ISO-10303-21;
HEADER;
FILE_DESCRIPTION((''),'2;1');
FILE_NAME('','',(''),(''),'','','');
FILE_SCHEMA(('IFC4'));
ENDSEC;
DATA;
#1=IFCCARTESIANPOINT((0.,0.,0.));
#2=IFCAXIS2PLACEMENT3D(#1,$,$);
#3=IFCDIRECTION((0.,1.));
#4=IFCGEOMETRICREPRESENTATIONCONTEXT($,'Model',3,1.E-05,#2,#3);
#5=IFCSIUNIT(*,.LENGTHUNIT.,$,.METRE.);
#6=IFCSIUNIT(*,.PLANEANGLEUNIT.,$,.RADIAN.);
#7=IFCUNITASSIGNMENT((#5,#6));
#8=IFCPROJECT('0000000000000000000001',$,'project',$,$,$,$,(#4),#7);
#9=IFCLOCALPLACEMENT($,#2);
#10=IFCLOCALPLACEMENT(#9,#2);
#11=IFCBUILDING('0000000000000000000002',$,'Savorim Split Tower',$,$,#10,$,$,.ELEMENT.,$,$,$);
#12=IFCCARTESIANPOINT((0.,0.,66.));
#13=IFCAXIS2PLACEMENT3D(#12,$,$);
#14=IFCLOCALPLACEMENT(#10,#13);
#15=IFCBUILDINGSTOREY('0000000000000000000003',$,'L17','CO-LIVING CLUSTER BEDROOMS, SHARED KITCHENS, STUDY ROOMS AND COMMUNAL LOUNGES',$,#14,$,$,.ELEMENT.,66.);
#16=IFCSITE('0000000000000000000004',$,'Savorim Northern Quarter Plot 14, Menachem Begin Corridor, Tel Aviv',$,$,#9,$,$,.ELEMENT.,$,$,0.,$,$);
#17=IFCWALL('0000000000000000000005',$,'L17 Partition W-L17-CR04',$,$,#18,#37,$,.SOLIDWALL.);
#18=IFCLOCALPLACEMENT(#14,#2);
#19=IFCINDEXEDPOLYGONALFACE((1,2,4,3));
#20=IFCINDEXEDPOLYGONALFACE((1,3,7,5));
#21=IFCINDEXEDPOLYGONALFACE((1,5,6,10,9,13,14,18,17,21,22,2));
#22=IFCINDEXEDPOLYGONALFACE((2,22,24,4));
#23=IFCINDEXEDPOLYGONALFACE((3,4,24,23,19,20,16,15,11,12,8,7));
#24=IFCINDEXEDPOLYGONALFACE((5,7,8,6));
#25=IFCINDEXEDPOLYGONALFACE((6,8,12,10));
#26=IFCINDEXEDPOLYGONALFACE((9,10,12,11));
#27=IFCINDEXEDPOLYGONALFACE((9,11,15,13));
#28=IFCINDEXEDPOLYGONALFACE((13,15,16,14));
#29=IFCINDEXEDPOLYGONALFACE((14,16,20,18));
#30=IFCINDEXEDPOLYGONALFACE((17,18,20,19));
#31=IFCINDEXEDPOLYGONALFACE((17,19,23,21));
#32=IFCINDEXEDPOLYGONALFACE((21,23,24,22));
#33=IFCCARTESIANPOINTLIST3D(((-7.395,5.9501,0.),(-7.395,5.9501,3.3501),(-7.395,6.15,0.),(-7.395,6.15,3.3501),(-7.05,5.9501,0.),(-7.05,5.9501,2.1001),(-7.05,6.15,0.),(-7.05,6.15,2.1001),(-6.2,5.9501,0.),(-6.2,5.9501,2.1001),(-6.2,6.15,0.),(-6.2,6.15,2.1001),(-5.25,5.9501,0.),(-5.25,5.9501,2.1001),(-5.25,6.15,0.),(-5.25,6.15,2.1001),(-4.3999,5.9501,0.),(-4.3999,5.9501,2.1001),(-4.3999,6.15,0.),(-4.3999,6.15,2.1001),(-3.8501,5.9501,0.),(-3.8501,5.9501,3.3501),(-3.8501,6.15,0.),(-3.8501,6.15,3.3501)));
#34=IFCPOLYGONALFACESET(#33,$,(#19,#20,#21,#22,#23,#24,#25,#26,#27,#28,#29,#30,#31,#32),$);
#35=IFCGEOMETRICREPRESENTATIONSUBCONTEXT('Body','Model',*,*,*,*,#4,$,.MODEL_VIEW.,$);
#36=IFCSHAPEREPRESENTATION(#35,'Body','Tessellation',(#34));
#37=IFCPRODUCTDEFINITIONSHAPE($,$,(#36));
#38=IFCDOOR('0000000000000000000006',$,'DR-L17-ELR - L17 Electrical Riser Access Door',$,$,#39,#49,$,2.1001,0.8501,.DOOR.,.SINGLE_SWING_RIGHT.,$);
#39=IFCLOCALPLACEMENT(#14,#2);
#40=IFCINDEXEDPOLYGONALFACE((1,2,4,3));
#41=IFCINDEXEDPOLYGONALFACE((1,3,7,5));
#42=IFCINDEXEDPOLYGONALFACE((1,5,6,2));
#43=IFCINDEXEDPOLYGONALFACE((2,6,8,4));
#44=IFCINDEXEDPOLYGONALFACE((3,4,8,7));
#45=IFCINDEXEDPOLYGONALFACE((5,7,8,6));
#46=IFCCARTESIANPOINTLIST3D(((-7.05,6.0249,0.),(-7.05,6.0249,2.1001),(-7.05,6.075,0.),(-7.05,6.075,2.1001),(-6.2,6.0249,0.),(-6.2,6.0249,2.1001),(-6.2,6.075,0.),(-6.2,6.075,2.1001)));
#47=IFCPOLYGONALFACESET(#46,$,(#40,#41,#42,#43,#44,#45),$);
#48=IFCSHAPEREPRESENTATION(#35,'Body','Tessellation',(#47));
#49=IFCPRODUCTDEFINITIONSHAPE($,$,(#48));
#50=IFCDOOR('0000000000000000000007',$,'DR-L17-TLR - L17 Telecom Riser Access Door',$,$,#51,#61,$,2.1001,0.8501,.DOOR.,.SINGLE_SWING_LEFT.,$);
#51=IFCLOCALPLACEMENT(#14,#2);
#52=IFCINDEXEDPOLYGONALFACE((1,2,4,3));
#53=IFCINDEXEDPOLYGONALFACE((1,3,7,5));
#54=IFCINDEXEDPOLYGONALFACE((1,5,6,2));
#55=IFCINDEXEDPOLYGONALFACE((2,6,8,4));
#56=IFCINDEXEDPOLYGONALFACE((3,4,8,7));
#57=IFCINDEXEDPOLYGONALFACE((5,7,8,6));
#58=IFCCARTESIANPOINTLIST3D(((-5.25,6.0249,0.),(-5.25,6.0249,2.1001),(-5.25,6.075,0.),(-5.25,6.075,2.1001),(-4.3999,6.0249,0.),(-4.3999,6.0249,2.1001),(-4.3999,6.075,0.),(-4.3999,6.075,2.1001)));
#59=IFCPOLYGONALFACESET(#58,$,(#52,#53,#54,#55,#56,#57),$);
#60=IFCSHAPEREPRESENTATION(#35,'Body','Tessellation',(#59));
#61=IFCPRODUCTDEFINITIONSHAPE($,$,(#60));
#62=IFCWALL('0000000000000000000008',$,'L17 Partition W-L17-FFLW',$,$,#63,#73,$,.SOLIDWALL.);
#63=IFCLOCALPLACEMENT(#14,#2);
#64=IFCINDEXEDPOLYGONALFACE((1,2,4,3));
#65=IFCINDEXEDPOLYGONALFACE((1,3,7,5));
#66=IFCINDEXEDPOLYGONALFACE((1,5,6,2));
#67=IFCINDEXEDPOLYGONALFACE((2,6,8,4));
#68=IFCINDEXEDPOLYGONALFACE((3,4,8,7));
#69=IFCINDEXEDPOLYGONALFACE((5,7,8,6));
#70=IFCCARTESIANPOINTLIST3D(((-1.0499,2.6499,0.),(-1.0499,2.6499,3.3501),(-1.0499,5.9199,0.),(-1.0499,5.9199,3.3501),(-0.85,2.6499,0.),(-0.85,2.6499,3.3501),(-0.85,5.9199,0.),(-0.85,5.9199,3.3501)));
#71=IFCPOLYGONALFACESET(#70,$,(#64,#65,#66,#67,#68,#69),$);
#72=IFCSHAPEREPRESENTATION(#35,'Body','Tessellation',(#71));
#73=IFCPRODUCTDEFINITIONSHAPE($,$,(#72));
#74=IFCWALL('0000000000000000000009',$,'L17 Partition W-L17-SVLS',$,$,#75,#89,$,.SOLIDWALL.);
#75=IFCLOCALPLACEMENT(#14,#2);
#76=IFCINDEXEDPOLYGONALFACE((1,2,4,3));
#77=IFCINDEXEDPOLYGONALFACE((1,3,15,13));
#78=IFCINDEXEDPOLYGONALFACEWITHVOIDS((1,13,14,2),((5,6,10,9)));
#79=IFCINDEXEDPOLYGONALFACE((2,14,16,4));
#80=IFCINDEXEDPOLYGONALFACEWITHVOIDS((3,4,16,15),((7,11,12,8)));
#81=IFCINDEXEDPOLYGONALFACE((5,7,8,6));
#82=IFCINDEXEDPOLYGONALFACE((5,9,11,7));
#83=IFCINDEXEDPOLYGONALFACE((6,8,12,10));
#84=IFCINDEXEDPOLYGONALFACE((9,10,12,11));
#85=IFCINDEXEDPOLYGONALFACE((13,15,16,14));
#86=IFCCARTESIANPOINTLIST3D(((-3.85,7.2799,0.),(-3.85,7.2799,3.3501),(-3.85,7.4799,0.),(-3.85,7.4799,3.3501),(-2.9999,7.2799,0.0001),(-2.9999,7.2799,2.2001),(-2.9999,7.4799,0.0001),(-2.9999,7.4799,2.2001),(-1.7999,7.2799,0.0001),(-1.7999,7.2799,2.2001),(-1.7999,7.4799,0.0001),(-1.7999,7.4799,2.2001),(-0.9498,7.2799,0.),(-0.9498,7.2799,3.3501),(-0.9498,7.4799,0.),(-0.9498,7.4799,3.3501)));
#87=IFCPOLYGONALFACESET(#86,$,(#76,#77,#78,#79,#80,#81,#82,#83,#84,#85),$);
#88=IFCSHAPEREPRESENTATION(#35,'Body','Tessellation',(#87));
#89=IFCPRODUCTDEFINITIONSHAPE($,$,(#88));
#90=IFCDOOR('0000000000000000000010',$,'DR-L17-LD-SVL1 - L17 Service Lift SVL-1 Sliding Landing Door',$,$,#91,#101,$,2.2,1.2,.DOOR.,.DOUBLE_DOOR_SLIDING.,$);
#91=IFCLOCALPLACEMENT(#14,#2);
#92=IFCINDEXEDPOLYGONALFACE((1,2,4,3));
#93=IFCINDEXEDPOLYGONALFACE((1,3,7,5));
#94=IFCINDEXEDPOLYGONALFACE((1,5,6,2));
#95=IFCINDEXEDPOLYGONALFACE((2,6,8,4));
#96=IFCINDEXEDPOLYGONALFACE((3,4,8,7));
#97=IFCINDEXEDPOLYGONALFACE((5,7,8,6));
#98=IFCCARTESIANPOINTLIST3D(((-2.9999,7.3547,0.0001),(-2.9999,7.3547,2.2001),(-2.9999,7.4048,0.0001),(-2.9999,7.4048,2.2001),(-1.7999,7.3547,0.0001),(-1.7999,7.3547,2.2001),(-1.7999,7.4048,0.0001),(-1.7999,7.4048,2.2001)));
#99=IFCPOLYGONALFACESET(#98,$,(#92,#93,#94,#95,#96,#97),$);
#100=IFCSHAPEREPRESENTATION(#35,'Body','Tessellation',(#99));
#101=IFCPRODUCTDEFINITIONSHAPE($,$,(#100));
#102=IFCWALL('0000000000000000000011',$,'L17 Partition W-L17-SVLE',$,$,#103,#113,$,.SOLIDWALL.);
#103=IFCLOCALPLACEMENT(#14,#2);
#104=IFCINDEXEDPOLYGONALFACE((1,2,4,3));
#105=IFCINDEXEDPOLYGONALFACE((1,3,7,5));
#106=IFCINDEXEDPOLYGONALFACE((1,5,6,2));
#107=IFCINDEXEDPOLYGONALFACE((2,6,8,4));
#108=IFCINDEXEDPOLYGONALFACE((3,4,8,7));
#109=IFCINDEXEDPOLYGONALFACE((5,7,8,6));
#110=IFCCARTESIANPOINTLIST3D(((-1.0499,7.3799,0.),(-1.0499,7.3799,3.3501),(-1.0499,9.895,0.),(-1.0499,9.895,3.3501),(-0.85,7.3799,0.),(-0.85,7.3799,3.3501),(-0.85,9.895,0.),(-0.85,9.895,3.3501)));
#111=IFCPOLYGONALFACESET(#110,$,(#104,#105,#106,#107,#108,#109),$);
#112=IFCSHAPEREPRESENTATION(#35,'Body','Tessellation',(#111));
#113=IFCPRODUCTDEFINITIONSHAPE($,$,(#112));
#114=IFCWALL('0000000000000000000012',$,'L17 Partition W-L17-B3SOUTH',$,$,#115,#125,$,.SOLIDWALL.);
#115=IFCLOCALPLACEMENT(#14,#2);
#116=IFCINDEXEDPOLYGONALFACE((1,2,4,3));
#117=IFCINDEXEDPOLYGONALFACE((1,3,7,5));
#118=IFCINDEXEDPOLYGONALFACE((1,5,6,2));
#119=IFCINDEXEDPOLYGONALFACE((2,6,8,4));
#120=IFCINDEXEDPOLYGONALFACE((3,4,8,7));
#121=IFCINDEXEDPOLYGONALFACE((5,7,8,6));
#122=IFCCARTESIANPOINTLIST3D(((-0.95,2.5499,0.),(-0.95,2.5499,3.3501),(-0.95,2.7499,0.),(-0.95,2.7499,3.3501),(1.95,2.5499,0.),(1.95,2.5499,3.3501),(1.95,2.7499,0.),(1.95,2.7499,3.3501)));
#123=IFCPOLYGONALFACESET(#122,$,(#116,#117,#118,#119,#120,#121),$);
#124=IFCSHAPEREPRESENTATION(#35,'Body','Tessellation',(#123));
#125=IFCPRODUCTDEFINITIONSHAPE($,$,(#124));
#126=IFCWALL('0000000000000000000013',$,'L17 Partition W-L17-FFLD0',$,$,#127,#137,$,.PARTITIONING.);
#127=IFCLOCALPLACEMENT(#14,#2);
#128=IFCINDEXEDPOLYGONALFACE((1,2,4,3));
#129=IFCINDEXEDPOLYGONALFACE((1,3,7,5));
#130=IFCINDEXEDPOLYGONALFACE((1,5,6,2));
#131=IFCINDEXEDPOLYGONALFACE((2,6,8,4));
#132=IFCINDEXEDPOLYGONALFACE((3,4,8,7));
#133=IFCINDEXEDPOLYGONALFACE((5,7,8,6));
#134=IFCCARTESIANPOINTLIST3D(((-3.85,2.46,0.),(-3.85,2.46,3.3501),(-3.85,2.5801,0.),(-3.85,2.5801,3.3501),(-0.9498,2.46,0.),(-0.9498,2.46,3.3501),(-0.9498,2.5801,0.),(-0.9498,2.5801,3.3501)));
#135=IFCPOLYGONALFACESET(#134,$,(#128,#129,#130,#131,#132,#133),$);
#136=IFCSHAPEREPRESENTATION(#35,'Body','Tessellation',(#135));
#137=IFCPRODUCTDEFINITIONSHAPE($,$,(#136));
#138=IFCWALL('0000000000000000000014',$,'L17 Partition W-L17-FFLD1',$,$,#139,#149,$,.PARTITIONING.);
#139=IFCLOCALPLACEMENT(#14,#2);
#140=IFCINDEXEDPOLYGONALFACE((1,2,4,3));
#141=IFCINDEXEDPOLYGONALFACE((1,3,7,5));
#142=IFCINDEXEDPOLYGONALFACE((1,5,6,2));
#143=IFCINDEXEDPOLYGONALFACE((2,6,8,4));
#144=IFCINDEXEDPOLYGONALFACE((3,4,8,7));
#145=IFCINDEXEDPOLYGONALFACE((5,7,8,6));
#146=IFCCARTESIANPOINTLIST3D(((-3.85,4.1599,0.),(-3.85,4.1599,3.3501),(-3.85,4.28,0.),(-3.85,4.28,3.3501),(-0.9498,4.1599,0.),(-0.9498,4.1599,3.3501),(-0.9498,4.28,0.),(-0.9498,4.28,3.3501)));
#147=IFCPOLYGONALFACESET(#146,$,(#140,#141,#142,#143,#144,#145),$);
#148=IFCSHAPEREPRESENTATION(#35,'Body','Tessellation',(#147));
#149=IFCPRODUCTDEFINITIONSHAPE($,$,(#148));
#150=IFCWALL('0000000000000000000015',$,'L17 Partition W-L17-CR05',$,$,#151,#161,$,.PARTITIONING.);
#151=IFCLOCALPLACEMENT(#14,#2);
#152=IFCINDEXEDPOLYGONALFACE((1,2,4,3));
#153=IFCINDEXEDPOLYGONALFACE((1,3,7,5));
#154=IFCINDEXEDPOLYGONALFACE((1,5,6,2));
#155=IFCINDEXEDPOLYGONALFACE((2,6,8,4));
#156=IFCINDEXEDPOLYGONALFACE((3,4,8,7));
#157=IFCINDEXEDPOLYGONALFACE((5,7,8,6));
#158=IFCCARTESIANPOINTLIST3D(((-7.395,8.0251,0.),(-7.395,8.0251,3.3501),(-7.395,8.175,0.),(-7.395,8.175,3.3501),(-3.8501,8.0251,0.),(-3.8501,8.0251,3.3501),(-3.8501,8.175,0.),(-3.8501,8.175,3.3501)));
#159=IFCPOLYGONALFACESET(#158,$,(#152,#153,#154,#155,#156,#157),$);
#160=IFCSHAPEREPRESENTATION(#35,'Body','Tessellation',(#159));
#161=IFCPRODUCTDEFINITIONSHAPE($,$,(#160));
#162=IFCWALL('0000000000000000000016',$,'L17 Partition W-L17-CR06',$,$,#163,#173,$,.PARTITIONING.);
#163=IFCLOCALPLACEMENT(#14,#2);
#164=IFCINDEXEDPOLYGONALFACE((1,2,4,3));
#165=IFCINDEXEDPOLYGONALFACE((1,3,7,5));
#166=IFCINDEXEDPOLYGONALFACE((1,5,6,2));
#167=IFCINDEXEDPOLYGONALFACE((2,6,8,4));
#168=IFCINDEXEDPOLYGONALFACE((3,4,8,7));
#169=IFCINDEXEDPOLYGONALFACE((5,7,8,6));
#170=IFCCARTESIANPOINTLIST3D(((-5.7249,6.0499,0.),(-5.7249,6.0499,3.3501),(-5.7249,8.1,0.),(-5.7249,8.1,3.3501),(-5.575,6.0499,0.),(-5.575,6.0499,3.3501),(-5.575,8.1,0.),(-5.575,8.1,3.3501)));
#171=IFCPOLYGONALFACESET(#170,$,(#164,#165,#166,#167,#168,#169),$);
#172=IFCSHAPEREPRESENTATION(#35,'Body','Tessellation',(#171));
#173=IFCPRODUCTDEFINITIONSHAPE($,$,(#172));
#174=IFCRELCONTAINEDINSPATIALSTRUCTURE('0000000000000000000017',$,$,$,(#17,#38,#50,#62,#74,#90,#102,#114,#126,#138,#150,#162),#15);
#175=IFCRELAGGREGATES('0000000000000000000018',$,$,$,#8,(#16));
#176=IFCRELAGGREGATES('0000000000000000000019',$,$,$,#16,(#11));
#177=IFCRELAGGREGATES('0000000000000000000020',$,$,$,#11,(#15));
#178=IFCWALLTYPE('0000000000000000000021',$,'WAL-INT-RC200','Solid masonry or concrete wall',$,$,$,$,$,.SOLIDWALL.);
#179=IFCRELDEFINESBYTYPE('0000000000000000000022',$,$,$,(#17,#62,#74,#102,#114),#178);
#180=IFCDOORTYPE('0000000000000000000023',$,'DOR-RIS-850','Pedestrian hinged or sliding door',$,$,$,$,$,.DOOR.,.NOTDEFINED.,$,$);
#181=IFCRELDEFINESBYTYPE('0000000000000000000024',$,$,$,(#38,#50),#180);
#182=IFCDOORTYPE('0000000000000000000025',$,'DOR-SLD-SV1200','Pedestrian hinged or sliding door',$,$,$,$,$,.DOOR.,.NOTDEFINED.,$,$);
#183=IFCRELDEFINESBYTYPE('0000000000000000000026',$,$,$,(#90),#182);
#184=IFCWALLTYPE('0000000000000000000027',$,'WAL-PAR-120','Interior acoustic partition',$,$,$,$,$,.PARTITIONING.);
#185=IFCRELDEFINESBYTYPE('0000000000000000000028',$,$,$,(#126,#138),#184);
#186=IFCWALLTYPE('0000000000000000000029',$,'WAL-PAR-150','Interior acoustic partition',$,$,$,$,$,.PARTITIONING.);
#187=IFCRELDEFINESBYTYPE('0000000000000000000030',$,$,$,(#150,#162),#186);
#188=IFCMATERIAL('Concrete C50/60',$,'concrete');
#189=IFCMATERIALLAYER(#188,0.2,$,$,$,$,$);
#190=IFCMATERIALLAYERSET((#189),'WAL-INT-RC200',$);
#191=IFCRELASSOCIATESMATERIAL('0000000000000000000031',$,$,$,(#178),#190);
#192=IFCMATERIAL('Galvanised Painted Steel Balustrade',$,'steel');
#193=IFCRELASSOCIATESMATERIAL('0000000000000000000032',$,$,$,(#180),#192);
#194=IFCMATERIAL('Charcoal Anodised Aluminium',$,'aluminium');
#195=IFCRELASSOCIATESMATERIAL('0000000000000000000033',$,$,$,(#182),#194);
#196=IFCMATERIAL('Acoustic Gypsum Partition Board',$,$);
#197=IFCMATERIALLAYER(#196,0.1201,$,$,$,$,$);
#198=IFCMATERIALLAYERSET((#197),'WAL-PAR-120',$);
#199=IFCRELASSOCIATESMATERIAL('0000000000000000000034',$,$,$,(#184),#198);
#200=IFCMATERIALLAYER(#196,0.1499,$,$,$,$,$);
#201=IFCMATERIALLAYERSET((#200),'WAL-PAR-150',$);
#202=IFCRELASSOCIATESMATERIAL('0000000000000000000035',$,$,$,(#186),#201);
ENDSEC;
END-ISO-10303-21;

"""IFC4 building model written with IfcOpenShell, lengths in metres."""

from ifc_helpers import new_model, si_unit, direction, frame, frame_2d, origin, place, context, subcontext, project, spatial, rectangle, extrude, material, layer, layer_set, type_object, element, fill, save


model = new_model("IFC4")

# Units and contexts
model_context = context("Model", 3, precision=1e-05, world=origin(), true_north=direction((0.0, 1.0)))
body_context = subcontext(model_context, "Body", "Model", "MODEL_VIEW")
ifc_project = project(units=[si_unit("LENGTHUNIT", "METRE"), si_unit("PLANEANGLEUNIT", "RADIAN")], contexts=[model_context])

# Site, building, storey
site_placement = place(None, origin())
site = spatial("IfcSite", under=ifc_project, at=site_placement, Name="Savorim Northern Quarter Plot 14, Menachem Begin Corridor, Tel Aviv", CompositionType="ELEMENT", RefElevation=0.0)
building_placement = place(site_placement, origin())
building = spatial("IfcBuilding", under=site, at=building_placement, Name="Savorim Split Tower", CompositionType="ELEMENT")
storey_placement = place(building_placement, frame((0.0, 0.0, 66.0)))
storey = spatial("IfcBuildingStorey", under=building, at=storey_placement, Name="L17", Description="CO-LIVING CLUSTER BEDROOMS, SHARED KITCHENS, STUDY ROOMS AND COMMUNAL LOUNGES", CompositionType="ELEMENT", Elevation=66.0)

# Shared definitions
ifc_material_1 = material(Name="Charcoal Anodised Aluminium", Category="aluminium")

# Wall, openings, doors
ifc_material_2 = material(Name="Concrete C50/60", Category="concrete")
ifc_layer_1 = layer(ifc_material_2, 0.2)
ifc_layer_set_1 = layer_set([ifc_layer_1], Name="WAL-INT-RC200")
wall_type_1 = type_object("IfcWallType", Name="WAL-INT-RC200", Description="Solid masonry or concrete wall", PredefinedType="SOLIDWALL", material=ifc_layer_set_1)
wall_1_placement = place(storey_placement, frame((-7.395, 6.05, 0.0), z_axis=(0.0, 0.0, 1.0), x_axis=(1.0, 0.0, 0.0)))
wall_1 = element("IfcWall", 1, at=wall_1_placement, inside=storey, type_object=wall_type_1, Name="L17 Partition W-L17-CR04", PredefinedType="SOLIDWALL", context=body_context, shape_type="SweptSolid", body=[
    extrude(rectangle(XDim=3.5449, YDim=0.2, at=frame_2d((1.7725, 0.0))), origin(), (0.0, 0.0, 1.0), 3.3501),
])
opening_1_placement = place(wall_1_placement, frame((0.345, 0.0, 0.0)))
opening_1 = element("IfcOpeningElement", 2, at=opening_1_placement, cuts=wall_1, PredefinedType="OPENING", context=body_context, shape_type="SweptSolid", body=[
    extrude(rectangle(XDim=0.8501, YDim=2.1001, at=frame_2d((0.425, 1.05))), frame((0.0, 0.1099, 0.0), z_axis=(0.0, -1.0, 0.0), x_axis=(1.0, 0.0, 0.0)), (0.0, 0.0, 1.0), 0.22),
])
opening_2_placement = place(wall_1_placement, frame((2.145, 0.0, 0.0)))
opening_2 = element("IfcOpeningElement", 3, at=opening_2_placement, cuts=wall_1, PredefinedType="OPENING", context=body_context, shape_type="SweptSolid", body=[
    extrude(rectangle(XDim=0.8501, YDim=2.1001, at=frame_2d((0.425, 1.05))), frame((0.0, 0.1099, 0.0), z_axis=(0.0, -1.0, 0.0), x_axis=(1.0, 0.0, 0.0)), (0.0, 0.0, 1.0), 0.22),
])
ifc_material_3 = material(Name="Galvanised Painted Steel Balustrade", Category="steel")
door_type_1 = type_object("IfcDoorType", Name="DOR-RIS-850", Description="Pedestrian hinged or sliding door", OperationType="NOTDEFINED", PredefinedType="DOOR", material=ifc_material_3)
door_1_placement = place(opening_1_placement, origin())
door_1 = element("IfcDoor", 4, at=door_1_placement, inside=storey, type_object=door_type_1, Name="DR-L17-ELR - L17 Electrical Riser Access Door", OperationType="SINGLE_SWING_RIGHT", OverallHeight=2.1001, OverallWidth=0.8501, PredefinedType="DOOR", context=body_context, shape_type="SweptSolid", body=[
    extrude(rectangle(XDim=0.8501, YDim=2.1001, at=frame_2d((0.425, 1.05))), frame((0.0, 0.0249, 0.0), z_axis=(0.0, -1.0, 0.0), x_axis=(1.0, 0.0, 0.0)), (0.0, 0.0, 1.0), 0.05),
])
fill(opening_1, door_1)
door_2_placement = place(opening_2_placement, origin())
door_2 = element("IfcDoor", 5, at=door_2_placement, inside=storey, type_object=door_type_1, Name="DR-L17-TLR - L17 Telecom Riser Access Door", OperationType="SINGLE_SWING_LEFT", OverallHeight=2.1001, OverallWidth=0.8501, PredefinedType="DOOR", context=body_context, shape_type="SweptSolid", body=[
    extrude(rectangle(XDim=0.8501, YDim=2.1001, at=frame_2d((0.425, 1.05))), frame((0.0, 0.0249, 0.0), z_axis=(0.0, -1.0, 0.0), x_axis=(1.0, 0.0, 0.0)), (0.0, 0.0, 1.0), 0.05),
])
fill(opening_2, door_2)

# Wall
wall_2_placement = place(storey_placement, frame((-0.95, 2.6499, 0.0), z_axis=(0.0, 0.0, 1.0), x_axis=(0.0, 1.0, 0.0)))
element("IfcWall", 6, at=wall_2_placement, inside=storey, type_object=wall_type_1, Name="L17 Partition W-L17-FFLW", PredefinedType="SOLIDWALL", context=body_context, shape_type="SweptSolid", body=[
    extrude(rectangle(XDim=3.27, YDim=0.2, at=frame_2d((1.635, 0.0))), origin(), (0.0, 0.0, 1.0), 3.3501),
])

# Wall, opening, door
wall_3_placement = place(storey_placement, frame((-3.8501, 7.3799, 0.0), z_axis=(0.0, 0.0, 1.0), x_axis=(1.0, 0.0, 0.0)))
wall_3 = element("IfcWall", 7, at=wall_3_placement, inside=storey, type_object=wall_type_1, Name="L17 Partition W-L17-SVLS", PredefinedType="SOLIDWALL", context=body_context, shape_type="SweptSolid", body=[
    extrude(rectangle(XDim=2.9001, YDim=0.2, at=frame_2d((1.4502, 0.0))), origin(), (0.0, 0.0, 1.0), 3.3501),
])
opening_3_placement = place(wall_3_placement, frame((0.8501, 0.0, 0.0)))
opening_3 = element("IfcOpeningElement", 8, at=opening_3_placement, cuts=wall_3, PredefinedType="OPENING", context=body_context, shape_type="SweptSolid", body=[
    extrude(rectangle(XDim=1.2, YDim=2.2, at=frame_2d((0.6001, 1.1001))), frame((0.0, 0.1099, 0.0), z_axis=(0.0, -1.0, 0.0), x_axis=(1.0, 0.0, 0.0)), (0.0, 0.0, 1.0), 0.22),
])
door_type_2 = type_object("IfcDoorType", Name="DOR-SLD-SV1200", Description="Pedestrian hinged or sliding door", OperationType="NOTDEFINED", PredefinedType="DOOR", material=ifc_material_1)
door_3_placement = place(opening_3_placement, origin())
door_3 = element("IfcDoor", 9, at=door_3_placement, inside=storey, type_object=door_type_2, Name="DR-L17-LD-SVL1 - L17 Service Lift SVL-1 Sliding Landing Door", OperationType="DOUBLE_DOOR_SLIDING", OverallHeight=2.2, OverallWidth=1.2, PredefinedType="DOOR", context=body_context, shape_type="SweptSolid", body=[
    extrude(rectangle(XDim=1.2, YDim=2.2, at=frame_2d((0.6001, 1.1001))), frame((0.0, 0.0249, 0.0), z_axis=(0.0, -1.0, 0.0), x_axis=(1.0, 0.0, 0.0)), (0.0, 0.0, 1.0), 0.05),
])
fill(opening_3, door_3)

# Walls
wall_4_placement = place(storey_placement, frame((-0.95, 7.3799, 0.0), z_axis=(0.0, 0.0, 1.0), x_axis=(0.0, 1.0, 0.0)))
element("IfcWall", 10, at=wall_4_placement, inside=storey, type_object=wall_type_1, Name="L17 Partition W-L17-SVLE", PredefinedType="SOLIDWALL", context=body_context, shape_type="SweptSolid", body=[
    extrude(rectangle(XDim=2.5151, YDim=0.2, at=frame_2d((1.2576, 0.0))), origin(), (0.0, 0.0, 1.0), 3.3501),
])
wall_5_placement = place(storey_placement, frame((-0.95, 2.6499, 0.0), z_axis=(0.0, 0.0, 1.0), x_axis=(1.0, 0.0, 0.0)))
element("IfcWall", 11, at=wall_5_placement, inside=storey, type_object=wall_type_1, Name="L17 Partition W-L17-B3SOUTH", PredefinedType="SOLIDWALL", context=body_context, shape_type="SweptSolid", body=[
    extrude(rectangle(XDim=2.8999, YDim=0.2, at=frame_2d((1.45, 0.0))), origin(), (0.0, 0.0, 1.0), 3.3501),
])
ifc_material_4 = material(Name="Acoustic Gypsum Partition Board")
ifc_layer_2 = layer(ifc_material_4, 0.1201)
ifc_layer_set_2 = layer_set([ifc_layer_2], Name="WAL-PAR-120")
wall_type_2 = type_object("IfcWallType", Name="WAL-PAR-120", Description="Interior acoustic partition", PredefinedType="PARTITIONING", material=ifc_layer_set_2)
for number, where, z_axis, x_axis, name in (
    (12, (-3.8501, 2.52, 0.0), (0.0, 0.0, 1.0), (1.0, 0.0, 0.0), "L17 Partition W-L17-FFLD0"),
    (13, (-3.8501, 4.22, 0.0), (0.0, 0.0, 1.0), (1.0, 0.0, 0.0), "L17 Partition W-L17-FFLD1"),
):
    element("IfcWall", number, at=place(storey_placement, frame(where, z_axis=z_axis, x_axis=x_axis)), inside=storey, type_object=wall_type_2, Name=name, PredefinedType="PARTITIONING", context=body_context, shape_type="SweptSolid", body=[
        extrude(rectangle(XDim=2.9001, YDim=0.1201, at=frame_2d((1.4502, 0.0))), origin(), (0.0, 0.0, 1.0), 3.3501),
    ])
ifc_layer_3 = layer(ifc_material_4, 0.1499)
ifc_layer_set_3 = layer_set([ifc_layer_3], Name="WAL-PAR-150")
wall_type_3 = type_object("IfcWallType", Name="WAL-PAR-150", Description="Interior acoustic partition", PredefinedType="PARTITIONING", material=ifc_layer_set_3)
wall_6_placement = place(storey_placement, frame((-7.395, 8.1001, 0.0), z_axis=(0.0, 0.0, 1.0), x_axis=(1.0, 0.0, 0.0)))
element("IfcWall", 14, at=wall_6_placement, inside=storey, type_object=wall_type_3, Name="L17 Partition W-L17-CR05", PredefinedType="PARTITIONING", context=body_context, shape_type="SweptSolid", body=[
    extrude(rectangle(XDim=3.5449, YDim=0.1499, at=frame_2d((1.7725, 0.0))), origin(), (0.0, 0.0, 1.0), 3.3501),
])
wall_7_placement = place(storey_placement, frame((-5.6499, 6.05, 0.0), z_axis=(0.0, 0.0, 1.0), x_axis=(0.0, 1.0, 0.0)))
element("IfcWall", 15, at=wall_7_placement, inside=storey, type_object=wall_type_3, Name="L17 Partition W-L17-CR06", PredefinedType="PARTITIONING", context=body_context, shape_type="SweptSolid", body=[
    extrude(rectangle(XDim=2.05, YDim=0.1499, at=frame_2d((1.0249, 0.0))), origin(), (0.0, 0.0, 1.0), 3.3501),
])

save(model, "model.ifc")
